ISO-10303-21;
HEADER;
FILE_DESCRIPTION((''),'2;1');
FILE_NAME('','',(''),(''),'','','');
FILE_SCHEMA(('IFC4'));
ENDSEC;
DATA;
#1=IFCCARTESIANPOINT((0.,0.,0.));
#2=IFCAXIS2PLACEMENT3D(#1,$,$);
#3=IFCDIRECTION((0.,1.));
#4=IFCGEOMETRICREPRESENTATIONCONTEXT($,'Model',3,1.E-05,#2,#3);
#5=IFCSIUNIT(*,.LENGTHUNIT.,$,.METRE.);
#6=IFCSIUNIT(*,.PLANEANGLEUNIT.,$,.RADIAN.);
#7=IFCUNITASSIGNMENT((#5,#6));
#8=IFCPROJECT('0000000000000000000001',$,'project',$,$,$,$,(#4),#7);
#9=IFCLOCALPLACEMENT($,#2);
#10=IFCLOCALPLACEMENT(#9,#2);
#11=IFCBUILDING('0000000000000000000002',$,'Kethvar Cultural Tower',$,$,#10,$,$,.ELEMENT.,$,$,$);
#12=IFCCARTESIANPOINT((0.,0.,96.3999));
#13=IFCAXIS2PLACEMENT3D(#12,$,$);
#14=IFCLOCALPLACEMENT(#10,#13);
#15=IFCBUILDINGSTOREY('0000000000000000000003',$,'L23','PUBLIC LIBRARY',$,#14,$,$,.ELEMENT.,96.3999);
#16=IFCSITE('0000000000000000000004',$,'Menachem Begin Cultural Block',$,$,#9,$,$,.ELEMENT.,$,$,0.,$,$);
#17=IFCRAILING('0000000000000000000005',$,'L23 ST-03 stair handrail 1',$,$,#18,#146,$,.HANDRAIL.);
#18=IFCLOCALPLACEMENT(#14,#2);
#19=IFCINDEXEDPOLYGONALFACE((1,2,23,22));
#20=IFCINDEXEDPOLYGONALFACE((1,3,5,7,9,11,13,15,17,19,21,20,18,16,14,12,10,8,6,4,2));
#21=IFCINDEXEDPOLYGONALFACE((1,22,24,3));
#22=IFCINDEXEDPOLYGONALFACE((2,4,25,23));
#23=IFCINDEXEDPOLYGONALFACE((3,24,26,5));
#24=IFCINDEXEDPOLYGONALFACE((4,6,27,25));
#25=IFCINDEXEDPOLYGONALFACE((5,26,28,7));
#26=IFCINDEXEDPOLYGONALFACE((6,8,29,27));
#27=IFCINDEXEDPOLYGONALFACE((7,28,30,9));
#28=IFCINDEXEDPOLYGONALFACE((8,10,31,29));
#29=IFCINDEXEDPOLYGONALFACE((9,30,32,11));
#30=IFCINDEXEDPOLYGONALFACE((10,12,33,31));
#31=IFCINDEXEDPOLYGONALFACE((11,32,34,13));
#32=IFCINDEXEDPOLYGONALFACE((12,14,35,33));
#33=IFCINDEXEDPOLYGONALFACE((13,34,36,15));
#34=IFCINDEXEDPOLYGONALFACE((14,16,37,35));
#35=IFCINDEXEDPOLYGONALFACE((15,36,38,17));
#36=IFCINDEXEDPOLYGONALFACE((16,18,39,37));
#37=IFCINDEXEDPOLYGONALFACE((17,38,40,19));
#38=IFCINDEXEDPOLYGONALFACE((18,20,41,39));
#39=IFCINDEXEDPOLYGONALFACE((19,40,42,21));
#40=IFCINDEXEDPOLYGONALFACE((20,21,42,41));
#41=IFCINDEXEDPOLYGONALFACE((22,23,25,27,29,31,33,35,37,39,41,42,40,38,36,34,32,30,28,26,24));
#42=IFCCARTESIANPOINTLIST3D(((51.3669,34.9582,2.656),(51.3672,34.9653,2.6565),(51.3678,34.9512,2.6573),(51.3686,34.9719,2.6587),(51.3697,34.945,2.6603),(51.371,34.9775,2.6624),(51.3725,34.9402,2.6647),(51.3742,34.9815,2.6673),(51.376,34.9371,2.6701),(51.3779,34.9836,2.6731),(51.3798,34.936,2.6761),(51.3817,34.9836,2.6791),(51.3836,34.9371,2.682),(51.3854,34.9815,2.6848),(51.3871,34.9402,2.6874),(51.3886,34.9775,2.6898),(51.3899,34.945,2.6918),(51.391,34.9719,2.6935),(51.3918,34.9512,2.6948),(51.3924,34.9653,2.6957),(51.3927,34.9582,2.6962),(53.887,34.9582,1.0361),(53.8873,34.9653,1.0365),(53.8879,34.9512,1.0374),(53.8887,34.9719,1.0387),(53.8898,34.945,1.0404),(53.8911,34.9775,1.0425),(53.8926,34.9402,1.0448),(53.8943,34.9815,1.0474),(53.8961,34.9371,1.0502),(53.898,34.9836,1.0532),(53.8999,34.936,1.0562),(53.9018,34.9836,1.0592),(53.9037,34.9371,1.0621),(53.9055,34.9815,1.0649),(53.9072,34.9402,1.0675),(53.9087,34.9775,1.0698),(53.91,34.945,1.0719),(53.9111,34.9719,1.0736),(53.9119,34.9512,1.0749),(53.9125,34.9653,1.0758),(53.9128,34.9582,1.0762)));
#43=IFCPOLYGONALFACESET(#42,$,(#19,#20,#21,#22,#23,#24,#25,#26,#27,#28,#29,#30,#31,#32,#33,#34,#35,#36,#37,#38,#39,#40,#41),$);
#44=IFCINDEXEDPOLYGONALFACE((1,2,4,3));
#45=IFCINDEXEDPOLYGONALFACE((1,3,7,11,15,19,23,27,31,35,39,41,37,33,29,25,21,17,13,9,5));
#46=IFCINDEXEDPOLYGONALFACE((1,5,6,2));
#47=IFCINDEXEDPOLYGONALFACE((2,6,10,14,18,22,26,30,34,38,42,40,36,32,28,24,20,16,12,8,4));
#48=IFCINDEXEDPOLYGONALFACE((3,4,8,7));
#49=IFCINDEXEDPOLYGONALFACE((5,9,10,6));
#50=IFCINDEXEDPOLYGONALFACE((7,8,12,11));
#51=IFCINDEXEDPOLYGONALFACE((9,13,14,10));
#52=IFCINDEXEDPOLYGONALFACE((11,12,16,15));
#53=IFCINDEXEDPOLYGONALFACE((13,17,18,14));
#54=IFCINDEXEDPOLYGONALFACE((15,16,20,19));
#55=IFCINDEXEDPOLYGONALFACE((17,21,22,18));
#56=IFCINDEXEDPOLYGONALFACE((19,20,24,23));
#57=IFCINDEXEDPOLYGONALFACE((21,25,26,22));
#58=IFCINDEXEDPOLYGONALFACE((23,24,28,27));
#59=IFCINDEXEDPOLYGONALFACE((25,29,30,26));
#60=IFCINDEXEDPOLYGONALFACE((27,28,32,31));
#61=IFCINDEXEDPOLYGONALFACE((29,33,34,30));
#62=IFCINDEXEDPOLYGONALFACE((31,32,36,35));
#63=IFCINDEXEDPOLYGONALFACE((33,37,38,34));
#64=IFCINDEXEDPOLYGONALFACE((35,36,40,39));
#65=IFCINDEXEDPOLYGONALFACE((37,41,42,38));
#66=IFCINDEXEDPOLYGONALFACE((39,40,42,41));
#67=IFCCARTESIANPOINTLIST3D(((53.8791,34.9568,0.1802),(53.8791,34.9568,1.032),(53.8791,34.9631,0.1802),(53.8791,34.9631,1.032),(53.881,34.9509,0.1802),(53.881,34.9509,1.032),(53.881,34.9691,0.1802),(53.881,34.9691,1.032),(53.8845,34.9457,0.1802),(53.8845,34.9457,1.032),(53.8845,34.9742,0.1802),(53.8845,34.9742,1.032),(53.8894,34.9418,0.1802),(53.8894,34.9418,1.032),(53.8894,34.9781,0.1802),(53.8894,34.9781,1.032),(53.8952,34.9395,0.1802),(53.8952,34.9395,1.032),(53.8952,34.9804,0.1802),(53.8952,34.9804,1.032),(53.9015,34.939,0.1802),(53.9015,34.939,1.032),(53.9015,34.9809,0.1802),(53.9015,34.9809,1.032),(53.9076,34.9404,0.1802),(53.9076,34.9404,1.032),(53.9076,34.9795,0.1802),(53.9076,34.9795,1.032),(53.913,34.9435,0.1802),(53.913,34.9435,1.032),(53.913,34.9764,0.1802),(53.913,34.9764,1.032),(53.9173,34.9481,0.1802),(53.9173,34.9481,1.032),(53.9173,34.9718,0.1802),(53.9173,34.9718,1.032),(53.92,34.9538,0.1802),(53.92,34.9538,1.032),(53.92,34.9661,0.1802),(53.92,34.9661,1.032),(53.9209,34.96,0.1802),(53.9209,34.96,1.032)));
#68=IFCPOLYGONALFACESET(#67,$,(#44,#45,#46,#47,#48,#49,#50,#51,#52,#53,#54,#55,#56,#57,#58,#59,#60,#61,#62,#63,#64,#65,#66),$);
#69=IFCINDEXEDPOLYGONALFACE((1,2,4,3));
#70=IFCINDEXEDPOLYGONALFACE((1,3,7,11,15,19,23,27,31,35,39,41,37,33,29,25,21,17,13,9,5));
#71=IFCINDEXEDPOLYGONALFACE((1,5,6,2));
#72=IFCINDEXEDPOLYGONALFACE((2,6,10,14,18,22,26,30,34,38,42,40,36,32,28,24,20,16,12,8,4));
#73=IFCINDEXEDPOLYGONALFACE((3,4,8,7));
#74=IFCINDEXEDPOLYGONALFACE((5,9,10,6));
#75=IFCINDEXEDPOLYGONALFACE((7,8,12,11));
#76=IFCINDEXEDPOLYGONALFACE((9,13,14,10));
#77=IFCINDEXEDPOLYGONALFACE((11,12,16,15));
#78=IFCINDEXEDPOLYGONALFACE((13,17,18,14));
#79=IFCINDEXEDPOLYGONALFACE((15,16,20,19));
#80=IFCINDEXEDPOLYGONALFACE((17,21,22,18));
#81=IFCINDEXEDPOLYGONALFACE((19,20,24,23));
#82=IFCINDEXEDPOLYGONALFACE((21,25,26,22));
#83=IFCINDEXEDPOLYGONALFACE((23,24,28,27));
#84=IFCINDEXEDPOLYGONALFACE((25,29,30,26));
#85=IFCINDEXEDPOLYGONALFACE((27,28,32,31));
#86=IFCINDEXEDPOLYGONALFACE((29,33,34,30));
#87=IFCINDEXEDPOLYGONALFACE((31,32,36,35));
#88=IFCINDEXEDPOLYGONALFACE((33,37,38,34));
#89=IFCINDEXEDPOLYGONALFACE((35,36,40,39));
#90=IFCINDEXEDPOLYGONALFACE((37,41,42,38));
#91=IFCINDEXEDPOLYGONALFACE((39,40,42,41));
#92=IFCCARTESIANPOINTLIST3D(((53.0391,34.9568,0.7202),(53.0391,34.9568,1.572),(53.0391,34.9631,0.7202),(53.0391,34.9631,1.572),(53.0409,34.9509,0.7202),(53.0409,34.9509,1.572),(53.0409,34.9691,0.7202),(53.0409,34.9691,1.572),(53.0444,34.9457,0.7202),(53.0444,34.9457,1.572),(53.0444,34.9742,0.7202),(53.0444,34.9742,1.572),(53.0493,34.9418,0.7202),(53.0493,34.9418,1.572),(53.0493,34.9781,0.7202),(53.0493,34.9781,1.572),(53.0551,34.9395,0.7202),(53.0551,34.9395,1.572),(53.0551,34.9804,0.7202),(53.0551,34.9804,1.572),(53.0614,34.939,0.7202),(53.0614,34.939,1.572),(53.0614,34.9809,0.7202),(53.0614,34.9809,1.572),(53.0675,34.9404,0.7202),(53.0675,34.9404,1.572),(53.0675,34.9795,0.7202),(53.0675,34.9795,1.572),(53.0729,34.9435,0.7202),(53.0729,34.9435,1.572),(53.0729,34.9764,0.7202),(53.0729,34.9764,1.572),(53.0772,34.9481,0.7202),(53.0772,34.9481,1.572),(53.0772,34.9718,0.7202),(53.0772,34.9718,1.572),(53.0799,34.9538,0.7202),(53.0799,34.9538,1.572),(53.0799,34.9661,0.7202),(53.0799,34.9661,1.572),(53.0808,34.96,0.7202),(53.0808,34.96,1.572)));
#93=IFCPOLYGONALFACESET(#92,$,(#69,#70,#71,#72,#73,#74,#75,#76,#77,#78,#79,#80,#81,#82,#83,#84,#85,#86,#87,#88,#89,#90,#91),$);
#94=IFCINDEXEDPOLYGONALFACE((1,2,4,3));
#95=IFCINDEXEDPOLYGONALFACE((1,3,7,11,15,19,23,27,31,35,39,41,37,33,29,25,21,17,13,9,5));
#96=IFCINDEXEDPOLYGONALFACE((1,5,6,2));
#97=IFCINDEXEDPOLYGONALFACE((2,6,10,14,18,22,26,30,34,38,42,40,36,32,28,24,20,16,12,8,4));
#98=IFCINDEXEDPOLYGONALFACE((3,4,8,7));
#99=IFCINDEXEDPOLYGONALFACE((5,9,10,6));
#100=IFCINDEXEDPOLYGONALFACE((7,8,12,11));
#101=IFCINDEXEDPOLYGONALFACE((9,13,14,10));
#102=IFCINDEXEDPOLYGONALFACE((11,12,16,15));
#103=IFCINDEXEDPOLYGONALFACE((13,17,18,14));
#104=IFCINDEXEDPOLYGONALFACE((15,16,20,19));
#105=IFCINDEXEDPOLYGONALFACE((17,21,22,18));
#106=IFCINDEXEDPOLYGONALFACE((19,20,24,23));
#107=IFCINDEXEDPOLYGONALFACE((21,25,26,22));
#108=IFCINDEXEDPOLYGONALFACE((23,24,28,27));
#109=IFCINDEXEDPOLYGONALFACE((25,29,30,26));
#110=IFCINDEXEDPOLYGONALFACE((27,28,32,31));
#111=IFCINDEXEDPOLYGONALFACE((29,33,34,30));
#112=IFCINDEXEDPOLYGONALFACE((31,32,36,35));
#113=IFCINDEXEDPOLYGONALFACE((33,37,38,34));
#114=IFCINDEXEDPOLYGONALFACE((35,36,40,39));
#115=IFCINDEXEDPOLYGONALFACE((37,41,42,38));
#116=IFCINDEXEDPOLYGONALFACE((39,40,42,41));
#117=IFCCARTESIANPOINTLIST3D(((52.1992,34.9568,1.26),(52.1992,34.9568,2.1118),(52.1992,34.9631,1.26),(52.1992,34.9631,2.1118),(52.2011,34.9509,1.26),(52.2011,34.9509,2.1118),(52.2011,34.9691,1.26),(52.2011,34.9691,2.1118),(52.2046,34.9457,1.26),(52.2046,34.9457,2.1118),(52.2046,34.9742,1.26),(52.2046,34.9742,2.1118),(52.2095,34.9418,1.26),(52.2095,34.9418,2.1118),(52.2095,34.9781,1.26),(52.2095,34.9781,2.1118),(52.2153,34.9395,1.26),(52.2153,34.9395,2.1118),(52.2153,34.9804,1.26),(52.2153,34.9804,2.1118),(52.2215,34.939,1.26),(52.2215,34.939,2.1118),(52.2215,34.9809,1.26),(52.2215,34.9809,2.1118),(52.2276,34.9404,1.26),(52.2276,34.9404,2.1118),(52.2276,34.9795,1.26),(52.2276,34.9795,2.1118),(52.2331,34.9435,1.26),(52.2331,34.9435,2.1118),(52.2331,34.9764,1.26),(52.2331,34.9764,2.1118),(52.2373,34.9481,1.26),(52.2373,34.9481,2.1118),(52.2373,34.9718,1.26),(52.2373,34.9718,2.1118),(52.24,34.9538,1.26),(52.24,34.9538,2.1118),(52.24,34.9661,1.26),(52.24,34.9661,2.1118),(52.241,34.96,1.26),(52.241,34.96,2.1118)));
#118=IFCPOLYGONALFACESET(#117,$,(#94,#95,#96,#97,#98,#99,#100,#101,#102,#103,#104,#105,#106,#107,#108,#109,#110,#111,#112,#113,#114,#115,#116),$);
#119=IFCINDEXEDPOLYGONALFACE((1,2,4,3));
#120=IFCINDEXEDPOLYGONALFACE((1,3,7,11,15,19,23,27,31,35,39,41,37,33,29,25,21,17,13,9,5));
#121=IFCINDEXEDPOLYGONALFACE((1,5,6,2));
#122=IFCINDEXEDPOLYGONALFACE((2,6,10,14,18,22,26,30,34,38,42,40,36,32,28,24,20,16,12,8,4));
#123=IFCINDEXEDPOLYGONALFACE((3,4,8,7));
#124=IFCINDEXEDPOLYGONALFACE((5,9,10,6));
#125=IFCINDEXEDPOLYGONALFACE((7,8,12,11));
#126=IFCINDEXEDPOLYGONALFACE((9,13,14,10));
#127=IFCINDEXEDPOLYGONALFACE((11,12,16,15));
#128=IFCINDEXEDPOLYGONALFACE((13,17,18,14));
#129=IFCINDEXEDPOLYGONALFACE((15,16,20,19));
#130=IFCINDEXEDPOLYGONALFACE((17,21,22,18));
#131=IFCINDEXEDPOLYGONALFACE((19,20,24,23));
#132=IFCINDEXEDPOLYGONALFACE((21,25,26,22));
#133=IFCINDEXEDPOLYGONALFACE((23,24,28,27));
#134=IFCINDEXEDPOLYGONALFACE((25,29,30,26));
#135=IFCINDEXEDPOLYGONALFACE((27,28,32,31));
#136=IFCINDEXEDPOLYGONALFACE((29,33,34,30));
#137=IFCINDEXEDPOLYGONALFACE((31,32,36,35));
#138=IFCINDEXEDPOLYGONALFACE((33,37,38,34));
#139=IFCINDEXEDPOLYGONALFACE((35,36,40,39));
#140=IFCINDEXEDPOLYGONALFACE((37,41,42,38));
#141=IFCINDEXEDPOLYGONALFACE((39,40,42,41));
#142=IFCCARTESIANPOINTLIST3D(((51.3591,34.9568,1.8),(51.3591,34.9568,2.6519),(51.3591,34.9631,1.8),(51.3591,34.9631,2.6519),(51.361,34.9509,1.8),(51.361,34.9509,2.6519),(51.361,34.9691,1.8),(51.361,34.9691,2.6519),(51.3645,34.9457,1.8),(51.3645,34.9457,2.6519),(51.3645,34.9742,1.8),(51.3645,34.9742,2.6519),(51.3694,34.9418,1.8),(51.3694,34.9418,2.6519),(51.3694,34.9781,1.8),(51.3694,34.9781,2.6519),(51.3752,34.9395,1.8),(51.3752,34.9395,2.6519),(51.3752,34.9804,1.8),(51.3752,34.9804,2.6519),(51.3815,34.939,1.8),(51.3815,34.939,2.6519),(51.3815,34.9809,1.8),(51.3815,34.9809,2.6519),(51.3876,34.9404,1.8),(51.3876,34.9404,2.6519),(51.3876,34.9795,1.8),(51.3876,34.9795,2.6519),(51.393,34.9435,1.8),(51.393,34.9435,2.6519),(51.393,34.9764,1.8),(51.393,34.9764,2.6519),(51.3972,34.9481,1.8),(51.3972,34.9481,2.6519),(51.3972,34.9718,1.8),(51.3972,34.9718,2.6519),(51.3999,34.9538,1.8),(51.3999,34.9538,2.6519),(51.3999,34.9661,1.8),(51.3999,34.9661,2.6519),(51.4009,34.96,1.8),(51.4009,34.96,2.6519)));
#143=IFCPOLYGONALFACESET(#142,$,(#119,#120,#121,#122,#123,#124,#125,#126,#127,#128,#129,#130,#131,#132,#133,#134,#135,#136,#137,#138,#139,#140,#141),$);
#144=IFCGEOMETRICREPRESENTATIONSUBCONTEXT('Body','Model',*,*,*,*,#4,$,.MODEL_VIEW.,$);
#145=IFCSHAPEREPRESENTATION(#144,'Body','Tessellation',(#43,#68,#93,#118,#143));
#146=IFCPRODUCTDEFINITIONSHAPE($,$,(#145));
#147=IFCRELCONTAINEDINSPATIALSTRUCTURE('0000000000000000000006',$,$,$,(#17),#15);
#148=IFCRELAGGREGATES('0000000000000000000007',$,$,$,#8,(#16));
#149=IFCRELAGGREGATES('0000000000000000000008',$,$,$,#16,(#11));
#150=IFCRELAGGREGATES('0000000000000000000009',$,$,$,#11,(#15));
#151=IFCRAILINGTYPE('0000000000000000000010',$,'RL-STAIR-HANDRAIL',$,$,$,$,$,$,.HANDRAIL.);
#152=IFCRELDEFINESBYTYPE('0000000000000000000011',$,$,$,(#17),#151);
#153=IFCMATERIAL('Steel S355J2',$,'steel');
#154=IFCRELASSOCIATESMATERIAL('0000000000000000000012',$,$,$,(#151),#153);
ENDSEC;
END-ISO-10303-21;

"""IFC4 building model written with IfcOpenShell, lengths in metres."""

from ifc_helpers import new_model, si_unit, direction, frame, origin, origin_2d, place, context, subcontext, project, spatial, circle, extrude, material, type_object, element, save


model = new_model("IFC4")

# Units and contexts
model_context = context("Model", 3, precision=1e-05, world=origin(), true_north=direction((0.0, 1.0)))
body_context = subcontext(model_context, "Body", "Model", "MODEL_VIEW")
ifc_project = project(units=[si_unit("LENGTHUNIT", "METRE"), si_unit("PLANEANGLEUNIT", "RADIAN")], contexts=[model_context])

# Site, building, storey
site_placement = place(None, origin())
site = spatial("IfcSite", under=ifc_project, at=site_placement, Name="Menachem Begin Cultural Block", CompositionType="ELEMENT", RefElevation=0.0)
building_placement = place(site_placement, origin())
building = spatial("IfcBuilding", under=site, at=building_placement, Name="Kethvar Cultural Tower", CompositionType="ELEMENT")
storey_placement = place(building_placement, frame((0.0, 0.0, 96.3999)))
storey = spatial("IfcBuildingStorey", under=building, at=storey_placement, Name="L23", Description="PUBLIC LIBRARY", CompositionType="ELEMENT", Elevation=96.3999)

# Shared definitions
ifc_material_1 = material(Name="Steel S355J2", Category="steel")

# Railing
railing_type_1 = type_object("IfcRailingType", Name="RL-STAIR-HANDRAIL", PredefinedType="HANDRAIL", material=ifc_material_1)
railing_1_placement = place(storey_placement, frame((53.8999, 34.96, 0.1802)))
element("IfcRailing", 1, at=railing_1_placement, inside=storey, type_object=railing_type_1, Name="L23 ST-03 stair handrail 1", PredefinedType="HANDRAIL", context=body_context, shape_type="SweptSolid", body=[
    extrude(circle(Radius=0.0239, at=origin_2d()), frame((0.0, 0.0, 0.876), z_axis=(-0.8412, 0.0, 0.540725), x_axis=(0.0, -1.0, 0.0)), (0.0, 0.0, 1.0), 2.9958),
    extrude(circle(Radius=0.021, at=origin_2d()), origin(), (0.0, 0.0, 1.0), 0.8518),
    extrude(circle(Radius=0.021, at=origin_2d()), frame((-0.8401, 0.0, 0.54)), (0.0, 0.0, 1.0), 0.8518),
    extrude(circle(Radius=0.021, at=origin_2d()), frame((-1.6799, 0.0, 1.0798)), (0.0, 0.0, 1.0), 0.8518),
    extrude(circle(Radius=0.021, at=origin_2d()), frame((-2.52, 0.0, 1.6199)), (0.0, 0.0, 1.0), 0.8518),
])

save(model, "model.ifc")
